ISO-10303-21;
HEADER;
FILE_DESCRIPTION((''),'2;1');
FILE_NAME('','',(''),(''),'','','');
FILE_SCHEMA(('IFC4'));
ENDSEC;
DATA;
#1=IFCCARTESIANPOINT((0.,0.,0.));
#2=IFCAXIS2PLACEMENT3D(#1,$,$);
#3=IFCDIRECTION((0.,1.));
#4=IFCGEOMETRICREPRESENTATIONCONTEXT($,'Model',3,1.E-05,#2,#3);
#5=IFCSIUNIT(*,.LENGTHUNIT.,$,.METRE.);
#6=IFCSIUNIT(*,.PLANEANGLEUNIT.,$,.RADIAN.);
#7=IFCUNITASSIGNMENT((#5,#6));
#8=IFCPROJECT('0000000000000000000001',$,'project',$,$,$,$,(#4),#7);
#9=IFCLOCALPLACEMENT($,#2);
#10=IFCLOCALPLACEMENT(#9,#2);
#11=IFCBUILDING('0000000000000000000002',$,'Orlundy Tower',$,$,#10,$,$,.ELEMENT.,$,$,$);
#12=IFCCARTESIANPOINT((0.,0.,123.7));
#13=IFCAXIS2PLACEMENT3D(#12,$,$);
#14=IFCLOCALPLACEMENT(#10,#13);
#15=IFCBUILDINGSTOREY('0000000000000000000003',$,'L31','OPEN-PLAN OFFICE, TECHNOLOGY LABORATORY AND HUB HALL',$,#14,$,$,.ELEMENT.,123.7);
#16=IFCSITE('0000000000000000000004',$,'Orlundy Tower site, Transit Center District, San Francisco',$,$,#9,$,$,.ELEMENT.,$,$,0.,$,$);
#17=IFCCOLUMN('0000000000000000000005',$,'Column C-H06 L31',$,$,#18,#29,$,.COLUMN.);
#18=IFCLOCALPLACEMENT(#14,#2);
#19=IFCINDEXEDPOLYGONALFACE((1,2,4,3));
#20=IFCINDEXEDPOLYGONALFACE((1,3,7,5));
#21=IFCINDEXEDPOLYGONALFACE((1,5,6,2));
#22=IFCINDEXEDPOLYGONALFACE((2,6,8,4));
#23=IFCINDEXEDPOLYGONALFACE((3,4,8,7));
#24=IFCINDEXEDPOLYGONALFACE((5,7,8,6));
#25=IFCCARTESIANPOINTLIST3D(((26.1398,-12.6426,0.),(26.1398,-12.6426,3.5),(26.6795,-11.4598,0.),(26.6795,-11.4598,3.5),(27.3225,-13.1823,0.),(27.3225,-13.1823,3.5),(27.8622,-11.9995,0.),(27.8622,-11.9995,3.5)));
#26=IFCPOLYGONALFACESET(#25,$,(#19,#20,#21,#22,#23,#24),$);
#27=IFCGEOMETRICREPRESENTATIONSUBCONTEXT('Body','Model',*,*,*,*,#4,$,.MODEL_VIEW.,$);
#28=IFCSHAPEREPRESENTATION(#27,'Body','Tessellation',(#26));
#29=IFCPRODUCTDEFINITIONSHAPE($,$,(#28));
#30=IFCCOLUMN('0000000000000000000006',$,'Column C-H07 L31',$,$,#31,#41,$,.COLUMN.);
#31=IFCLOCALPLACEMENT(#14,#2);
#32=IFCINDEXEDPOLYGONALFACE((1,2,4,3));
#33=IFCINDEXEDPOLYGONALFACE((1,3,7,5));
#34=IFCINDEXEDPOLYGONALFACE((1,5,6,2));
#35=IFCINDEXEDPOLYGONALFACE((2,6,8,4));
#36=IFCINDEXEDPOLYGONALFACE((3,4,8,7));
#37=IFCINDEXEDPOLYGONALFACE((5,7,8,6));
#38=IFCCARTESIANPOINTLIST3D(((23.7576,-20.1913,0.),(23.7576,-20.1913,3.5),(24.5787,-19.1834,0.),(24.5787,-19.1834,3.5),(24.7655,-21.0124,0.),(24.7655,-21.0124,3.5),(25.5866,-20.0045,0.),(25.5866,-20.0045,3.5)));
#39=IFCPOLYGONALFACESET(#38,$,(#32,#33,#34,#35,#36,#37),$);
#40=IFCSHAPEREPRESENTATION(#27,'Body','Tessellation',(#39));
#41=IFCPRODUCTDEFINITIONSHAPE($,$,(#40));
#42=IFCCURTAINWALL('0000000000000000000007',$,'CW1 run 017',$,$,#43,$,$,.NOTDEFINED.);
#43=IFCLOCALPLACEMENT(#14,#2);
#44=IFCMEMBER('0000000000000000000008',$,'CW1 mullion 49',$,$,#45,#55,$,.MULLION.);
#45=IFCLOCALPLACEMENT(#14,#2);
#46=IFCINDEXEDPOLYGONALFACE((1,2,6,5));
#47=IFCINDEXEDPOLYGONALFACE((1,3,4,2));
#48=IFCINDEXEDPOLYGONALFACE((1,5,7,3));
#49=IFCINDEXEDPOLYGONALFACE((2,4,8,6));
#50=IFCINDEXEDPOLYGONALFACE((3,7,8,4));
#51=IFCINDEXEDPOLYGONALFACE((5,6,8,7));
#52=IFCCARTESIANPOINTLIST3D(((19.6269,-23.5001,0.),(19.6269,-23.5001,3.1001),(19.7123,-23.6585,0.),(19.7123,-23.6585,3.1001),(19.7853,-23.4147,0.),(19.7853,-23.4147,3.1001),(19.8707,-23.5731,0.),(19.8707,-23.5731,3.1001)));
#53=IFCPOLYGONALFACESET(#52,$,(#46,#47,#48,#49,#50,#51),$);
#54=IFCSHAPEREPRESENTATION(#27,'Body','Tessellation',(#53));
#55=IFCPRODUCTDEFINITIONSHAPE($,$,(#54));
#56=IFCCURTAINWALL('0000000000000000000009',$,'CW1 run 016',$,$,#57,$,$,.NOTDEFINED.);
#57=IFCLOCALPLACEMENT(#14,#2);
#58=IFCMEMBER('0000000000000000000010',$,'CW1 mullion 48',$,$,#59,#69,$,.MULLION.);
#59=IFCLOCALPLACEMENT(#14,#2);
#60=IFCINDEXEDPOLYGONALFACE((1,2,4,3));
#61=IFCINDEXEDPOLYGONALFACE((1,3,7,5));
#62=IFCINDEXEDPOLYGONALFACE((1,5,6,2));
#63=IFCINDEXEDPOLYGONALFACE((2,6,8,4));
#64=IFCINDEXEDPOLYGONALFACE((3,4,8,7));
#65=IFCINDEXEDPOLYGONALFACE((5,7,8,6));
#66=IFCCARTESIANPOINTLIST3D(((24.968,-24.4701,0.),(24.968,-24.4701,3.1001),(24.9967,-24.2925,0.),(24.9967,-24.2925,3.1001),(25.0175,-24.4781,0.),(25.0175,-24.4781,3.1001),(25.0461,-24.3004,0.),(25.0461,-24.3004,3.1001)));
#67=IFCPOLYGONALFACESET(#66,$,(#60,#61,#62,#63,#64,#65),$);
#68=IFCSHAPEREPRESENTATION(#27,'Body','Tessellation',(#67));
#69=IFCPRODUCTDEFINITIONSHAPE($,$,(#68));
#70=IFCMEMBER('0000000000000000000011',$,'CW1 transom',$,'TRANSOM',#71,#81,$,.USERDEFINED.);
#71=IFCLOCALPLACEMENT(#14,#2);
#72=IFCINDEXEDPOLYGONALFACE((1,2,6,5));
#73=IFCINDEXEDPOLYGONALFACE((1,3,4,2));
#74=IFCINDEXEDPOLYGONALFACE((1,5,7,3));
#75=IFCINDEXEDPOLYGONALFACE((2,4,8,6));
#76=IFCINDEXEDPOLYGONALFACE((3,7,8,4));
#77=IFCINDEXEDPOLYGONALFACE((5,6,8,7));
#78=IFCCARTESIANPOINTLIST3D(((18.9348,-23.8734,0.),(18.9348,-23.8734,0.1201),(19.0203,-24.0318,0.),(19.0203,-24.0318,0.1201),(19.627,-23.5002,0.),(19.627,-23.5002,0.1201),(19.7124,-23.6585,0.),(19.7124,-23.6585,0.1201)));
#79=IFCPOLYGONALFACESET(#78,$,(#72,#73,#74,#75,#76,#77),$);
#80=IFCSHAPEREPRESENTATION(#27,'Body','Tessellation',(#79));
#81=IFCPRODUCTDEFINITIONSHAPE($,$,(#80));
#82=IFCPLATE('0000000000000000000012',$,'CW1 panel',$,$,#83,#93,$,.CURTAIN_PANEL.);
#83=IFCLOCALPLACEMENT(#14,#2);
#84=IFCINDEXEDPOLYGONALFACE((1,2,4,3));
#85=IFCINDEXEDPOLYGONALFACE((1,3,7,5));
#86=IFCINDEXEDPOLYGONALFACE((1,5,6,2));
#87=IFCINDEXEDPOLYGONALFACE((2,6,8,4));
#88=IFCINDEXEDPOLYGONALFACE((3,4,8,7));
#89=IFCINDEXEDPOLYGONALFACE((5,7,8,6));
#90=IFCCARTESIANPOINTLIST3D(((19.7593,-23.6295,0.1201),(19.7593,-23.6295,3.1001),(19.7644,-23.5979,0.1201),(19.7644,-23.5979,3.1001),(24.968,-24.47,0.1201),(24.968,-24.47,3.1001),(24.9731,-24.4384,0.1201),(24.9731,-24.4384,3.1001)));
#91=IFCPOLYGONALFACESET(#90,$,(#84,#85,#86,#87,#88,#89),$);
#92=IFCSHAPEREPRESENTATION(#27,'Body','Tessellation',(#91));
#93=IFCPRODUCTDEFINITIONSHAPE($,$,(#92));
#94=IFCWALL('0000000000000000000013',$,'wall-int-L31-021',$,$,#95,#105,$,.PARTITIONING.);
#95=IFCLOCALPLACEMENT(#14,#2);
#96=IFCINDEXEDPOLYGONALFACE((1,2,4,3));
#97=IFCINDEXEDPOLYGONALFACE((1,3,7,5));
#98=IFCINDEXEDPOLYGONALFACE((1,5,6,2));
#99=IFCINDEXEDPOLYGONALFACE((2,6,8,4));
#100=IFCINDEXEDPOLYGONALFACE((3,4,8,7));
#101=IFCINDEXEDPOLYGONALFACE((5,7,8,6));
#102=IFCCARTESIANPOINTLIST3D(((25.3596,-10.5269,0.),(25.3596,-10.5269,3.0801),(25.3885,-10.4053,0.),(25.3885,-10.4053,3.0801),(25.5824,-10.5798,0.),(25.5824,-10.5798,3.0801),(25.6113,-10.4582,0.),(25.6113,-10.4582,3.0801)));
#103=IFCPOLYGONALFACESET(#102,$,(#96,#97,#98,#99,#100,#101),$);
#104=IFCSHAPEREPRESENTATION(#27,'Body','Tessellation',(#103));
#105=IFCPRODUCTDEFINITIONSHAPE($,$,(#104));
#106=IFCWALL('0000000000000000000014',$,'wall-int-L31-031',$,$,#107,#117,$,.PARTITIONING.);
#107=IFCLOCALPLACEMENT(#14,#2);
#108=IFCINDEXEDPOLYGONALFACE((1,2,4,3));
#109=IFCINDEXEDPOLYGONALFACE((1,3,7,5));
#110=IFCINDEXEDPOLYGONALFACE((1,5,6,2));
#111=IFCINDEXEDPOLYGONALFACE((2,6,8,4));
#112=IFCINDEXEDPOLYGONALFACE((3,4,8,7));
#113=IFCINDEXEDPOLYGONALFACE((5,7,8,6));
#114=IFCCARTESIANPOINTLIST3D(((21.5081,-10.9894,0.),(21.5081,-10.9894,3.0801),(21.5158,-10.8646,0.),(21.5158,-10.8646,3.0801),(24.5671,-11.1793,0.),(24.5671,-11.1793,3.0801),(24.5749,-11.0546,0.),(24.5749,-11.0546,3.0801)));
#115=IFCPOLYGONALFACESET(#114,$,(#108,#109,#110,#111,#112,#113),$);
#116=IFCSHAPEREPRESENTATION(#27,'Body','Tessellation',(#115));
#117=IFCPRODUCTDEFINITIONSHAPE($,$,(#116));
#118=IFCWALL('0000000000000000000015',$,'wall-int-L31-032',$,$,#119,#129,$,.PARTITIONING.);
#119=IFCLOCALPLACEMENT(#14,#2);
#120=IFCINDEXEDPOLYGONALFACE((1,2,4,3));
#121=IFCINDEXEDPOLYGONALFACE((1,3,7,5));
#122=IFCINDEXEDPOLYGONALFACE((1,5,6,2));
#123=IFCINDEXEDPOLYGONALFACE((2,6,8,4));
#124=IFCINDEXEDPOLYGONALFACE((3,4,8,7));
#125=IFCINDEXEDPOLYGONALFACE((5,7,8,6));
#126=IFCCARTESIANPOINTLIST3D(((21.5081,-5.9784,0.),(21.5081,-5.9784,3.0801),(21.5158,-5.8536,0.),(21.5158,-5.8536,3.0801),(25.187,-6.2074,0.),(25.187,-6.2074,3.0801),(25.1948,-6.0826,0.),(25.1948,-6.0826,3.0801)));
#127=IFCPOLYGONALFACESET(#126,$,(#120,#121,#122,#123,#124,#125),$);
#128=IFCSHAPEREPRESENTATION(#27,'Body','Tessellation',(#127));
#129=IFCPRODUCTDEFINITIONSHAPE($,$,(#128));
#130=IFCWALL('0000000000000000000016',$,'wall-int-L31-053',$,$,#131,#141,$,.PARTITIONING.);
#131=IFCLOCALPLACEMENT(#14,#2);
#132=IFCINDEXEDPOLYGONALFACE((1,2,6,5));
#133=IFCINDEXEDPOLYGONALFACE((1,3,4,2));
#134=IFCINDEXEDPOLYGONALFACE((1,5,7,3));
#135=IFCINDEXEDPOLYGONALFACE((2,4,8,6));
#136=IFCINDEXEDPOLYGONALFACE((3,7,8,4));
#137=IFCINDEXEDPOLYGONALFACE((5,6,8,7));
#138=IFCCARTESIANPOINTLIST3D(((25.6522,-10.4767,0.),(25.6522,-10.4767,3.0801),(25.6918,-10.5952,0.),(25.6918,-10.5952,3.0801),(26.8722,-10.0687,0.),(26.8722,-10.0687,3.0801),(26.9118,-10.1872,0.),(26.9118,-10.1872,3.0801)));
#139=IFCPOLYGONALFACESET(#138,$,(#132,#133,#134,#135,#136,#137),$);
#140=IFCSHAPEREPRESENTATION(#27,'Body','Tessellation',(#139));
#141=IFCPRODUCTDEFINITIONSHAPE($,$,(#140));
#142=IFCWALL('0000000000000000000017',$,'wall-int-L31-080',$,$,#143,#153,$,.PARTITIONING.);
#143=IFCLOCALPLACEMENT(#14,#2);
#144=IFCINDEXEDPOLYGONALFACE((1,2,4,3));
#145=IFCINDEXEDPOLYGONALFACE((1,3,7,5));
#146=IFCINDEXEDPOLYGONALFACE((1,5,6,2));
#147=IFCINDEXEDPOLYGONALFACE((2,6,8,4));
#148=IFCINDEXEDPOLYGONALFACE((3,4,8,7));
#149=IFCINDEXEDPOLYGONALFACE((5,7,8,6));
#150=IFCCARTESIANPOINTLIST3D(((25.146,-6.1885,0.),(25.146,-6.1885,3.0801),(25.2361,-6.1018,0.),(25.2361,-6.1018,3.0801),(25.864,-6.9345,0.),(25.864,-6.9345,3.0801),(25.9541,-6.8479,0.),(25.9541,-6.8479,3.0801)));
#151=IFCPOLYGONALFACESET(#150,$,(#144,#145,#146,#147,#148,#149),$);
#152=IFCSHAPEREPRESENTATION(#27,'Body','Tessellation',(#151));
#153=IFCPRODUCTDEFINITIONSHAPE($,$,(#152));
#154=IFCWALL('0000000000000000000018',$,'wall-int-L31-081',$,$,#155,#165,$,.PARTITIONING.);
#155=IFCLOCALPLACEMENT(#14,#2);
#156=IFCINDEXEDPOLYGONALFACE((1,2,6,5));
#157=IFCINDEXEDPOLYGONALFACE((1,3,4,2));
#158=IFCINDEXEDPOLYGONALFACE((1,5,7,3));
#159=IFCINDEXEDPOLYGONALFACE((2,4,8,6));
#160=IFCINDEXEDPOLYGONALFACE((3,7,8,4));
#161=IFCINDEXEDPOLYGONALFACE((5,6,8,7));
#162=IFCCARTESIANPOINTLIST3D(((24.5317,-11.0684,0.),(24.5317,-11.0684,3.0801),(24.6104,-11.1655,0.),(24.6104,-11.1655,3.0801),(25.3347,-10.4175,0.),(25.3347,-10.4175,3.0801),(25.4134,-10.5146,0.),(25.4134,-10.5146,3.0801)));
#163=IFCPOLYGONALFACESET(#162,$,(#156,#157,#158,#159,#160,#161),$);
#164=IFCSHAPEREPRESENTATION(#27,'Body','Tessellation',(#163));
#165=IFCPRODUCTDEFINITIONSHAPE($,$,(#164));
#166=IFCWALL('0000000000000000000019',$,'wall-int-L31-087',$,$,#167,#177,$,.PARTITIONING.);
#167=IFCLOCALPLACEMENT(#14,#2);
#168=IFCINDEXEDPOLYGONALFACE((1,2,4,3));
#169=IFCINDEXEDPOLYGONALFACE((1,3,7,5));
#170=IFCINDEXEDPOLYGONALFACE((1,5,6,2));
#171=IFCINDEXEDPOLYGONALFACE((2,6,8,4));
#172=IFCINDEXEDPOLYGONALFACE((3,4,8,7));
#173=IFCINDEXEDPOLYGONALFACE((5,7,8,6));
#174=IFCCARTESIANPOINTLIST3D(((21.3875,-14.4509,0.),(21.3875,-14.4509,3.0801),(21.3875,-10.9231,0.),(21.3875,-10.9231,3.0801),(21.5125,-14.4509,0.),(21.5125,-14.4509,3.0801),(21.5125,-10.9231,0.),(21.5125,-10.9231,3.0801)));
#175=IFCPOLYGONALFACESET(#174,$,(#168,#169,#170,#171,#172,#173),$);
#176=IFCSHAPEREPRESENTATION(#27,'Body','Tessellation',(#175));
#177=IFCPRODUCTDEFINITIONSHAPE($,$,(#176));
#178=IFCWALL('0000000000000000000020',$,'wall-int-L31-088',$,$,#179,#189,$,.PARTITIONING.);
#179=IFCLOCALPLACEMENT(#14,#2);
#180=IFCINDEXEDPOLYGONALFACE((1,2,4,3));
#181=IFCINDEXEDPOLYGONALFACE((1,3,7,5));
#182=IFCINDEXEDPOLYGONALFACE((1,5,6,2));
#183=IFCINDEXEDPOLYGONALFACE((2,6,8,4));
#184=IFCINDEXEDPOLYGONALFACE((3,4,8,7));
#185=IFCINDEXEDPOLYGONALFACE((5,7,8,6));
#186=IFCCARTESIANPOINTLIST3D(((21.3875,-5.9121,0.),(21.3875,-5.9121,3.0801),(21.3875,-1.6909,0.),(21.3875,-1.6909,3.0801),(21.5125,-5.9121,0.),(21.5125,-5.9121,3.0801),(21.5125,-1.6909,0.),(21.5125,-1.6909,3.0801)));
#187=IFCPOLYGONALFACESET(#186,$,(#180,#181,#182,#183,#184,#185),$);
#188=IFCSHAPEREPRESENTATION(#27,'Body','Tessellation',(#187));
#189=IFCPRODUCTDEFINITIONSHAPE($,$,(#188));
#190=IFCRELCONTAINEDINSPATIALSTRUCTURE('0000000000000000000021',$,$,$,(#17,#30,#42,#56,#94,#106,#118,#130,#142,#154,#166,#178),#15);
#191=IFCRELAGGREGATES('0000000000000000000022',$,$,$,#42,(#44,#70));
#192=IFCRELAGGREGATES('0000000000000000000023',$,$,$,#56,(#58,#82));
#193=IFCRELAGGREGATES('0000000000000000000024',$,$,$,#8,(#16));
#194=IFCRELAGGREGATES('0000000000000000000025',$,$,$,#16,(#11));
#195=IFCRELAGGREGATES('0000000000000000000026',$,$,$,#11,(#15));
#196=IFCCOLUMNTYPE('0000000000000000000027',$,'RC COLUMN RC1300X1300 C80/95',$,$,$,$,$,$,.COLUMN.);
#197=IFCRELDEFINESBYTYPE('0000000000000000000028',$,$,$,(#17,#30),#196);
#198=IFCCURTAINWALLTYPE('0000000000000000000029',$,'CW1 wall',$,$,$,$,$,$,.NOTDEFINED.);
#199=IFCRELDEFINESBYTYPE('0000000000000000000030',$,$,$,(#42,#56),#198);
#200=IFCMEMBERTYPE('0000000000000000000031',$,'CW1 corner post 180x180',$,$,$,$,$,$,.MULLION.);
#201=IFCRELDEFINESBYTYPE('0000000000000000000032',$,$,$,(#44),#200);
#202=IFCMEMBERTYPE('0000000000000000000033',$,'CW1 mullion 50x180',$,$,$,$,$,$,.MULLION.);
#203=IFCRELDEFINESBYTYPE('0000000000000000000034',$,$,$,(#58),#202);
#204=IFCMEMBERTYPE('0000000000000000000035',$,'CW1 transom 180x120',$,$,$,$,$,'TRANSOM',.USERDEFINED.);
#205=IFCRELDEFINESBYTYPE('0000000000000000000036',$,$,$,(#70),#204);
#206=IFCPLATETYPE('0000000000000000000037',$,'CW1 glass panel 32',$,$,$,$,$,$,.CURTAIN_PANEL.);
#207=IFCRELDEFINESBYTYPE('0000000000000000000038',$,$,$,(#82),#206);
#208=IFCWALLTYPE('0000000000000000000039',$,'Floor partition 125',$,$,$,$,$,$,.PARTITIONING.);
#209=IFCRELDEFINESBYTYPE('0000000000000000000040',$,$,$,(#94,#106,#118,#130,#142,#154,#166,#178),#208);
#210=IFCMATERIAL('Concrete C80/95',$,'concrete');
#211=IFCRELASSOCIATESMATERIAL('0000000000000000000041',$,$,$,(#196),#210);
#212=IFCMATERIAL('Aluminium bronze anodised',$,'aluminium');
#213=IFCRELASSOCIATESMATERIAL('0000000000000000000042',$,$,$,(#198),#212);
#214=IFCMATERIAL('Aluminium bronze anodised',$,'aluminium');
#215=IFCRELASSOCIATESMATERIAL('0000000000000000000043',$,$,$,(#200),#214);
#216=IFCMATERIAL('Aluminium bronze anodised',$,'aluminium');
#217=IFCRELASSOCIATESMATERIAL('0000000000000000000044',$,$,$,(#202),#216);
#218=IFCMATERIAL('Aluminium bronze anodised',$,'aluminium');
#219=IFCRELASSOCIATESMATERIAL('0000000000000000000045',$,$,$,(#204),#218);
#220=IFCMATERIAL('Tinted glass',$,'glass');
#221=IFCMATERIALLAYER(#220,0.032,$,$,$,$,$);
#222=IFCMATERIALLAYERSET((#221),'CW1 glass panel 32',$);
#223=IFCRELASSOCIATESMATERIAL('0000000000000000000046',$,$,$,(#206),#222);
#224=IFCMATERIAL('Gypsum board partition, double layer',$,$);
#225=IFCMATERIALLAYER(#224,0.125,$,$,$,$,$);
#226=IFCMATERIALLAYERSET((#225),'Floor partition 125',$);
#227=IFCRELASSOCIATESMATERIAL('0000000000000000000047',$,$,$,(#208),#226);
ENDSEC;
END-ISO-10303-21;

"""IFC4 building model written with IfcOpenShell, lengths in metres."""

from ifc_helpers import new_model, si_unit, direction, frame, frame_2d, origin, origin_2d, place, context, subcontext, project, spatial, rectangle, extrude, material, layer, layer_set, material_profile, profile_set, type_object, element, aggregate, save


model = new_model("IFC4")

# Units and contexts
model_context = context("Model", 3, precision=1e-05, world=origin(), true_north=direction((0.0, 1.0)))
body_context = subcontext(model_context, "Body", "Model", "MODEL_VIEW")
ifc_project = project(units=[si_unit("LENGTHUNIT", "METRE"), si_unit("PLANEANGLEUNIT", "RADIAN")], contexts=[model_context])

# Site, building, storey
site_placement = place(None, origin())
site = spatial("IfcSite", under=ifc_project, at=site_placement, Name="Orlundy Tower site, Transit Center District, San Francisco", CompositionType="ELEMENT", RefElevation=0.0)
building_placement = place(site_placement, origin())
building = spatial("IfcBuilding", under=site, at=building_placement, Name="Orlundy Tower", CompositionType="ELEMENT")
storey_placement = place(building_placement, frame((0.0, 0.0, 123.7)))
storey = spatial("IfcBuildingStorey", under=building, at=storey_placement, Name="L31", Description="OPEN-PLAN OFFICE, TECHNOLOGY LABORATORY AND HUB HALL", CompositionType="ELEMENT", Elevation=123.7)

# Columns
ifc_material_1 = material(Name="Concrete C80/95", Category="concrete")
ifc_material_profile_1 = material_profile(ifc_material_1, rectangle(XDim=1.3, YDim=1.3, at=origin_2d()), Name="RC1300X1300")
ifc_profile_set_1 = profile_set([ifc_material_profile_1], Name="Concrete C80/95")
column_type = type_object("IfcColumnType", Name="RC COLUMN RC1300X1300 C80/95", PredefinedType="COLUMN", material=ifc_profile_set_1)
for number, where, z_axis, x_axis, name in (
    (1, (27.001, -12.321, 0.0), (0.0, 0.0, 1.0), (0.909759, -0.415138, 0.0), "Column C-H06 L31"),
    (2, (24.6721, -20.0979, 0.0), (0.0, 0.0, 1.0), (0.775308, -0.631583, 0.0), "Column C-H07 L31"),
):
    element("IfcColumn", number, at=place(storey_placement, frame(where, z_axis=z_axis, x_axis=x_axis)), inside=storey, type_object=column_type, Name=name, PredefinedType="COLUMN", context=body_context, shape_type="SweptSolid", body=[
        extrude(rectangle(XDim=1.3, YDim=1.3, at=origin_2d()), origin(), (0.0, 0.0, 1.0), 3.5),
    ])

# Curtain walls, members
ifc_material_2 = material(Name="Aluminium bronze anodised", Category="aluminium")
curtain_wall_type = type_object("IfcCurtainWallType", Name="CW1 wall", PredefinedType="NOTDEFINED", material=ifc_material_2)
curtain_wall_1_placement = place(storey_placement, origin())
curtain_wall_1 = element("IfcCurtainWall", 3, at=curtain_wall_1_placement, inside=storey, type_object=curtain_wall_type, Name="CW1 run 017", PredefinedType="NOTDEFINED")
ifc_material_3 = material(Name="Aluminium bronze anodised", Category="aluminium")
ifc_material_profile_2 = material_profile(ifc_material_3, rectangle(XDim=0.1799, YDim=0.1799, at=origin_2d()), Name="CW1 corner post 180x180")
ifc_profile_set_2 = profile_set([ifc_material_profile_2], Name="Aluminium bronze anodised")
member_type_1 = type_object("IfcMemberType", Name="CW1 corner post 180x180", PredefinedType="MULLION", material=ifc_profile_set_2)
member_1_placement = place(storey_placement, frame((19.7488, -23.5366, 0.0), z_axis=(0.0, 0.0, 1.0), x_axis=(0.474616, -0.880193, 0.0)))
member_1 = element("IfcMember", 4, at=member_1_placement, type_object=member_type_1, Name="CW1 mullion 49", PredefinedType="MULLION", context=body_context, shape_type="SweptSolid", body=[
    extrude(rectangle(XDim=0.1799, YDim=0.1799, at=origin_2d()), origin(), (0.0, 0.0, 1.0), 3.1001),
])
curtain_wall_2_placement = place(storey_placement, origin())
curtain_wall_2 = element("IfcCurtainWall", 5, at=curtain_wall_2_placement, inside=storey, type_object=curtain_wall_type, Name="CW1 run 016", PredefinedType="NOTDEFINED")
ifc_material_4 = material(Name="Aluminium bronze anodised", Category="aluminium")
ifc_material_profile_3 = material_profile(ifc_material_4, rectangle(XDim=0.1799, YDim=0.05, at=origin_2d()), Name="CW1 mullion 50x180")
ifc_profile_set_3 = profile_set([ifc_material_profile_3], Name="Aluminium bronze anodised")
member_type_2 = type_object("IfcMemberType", Name="CW1 mullion 50x180", PredefinedType="MULLION", material=ifc_profile_set_3)
member_2_placement = place(storey_placement, frame((25.0071, -24.3853, 0.0), z_axis=(0.0, 0.0, 1.0), x_axis=(-0.159311, -0.987228, 0.0)))
member_2 = element("IfcMember", 6, at=member_2_placement, type_object=member_type_2, Name="CW1 mullion 48", PredefinedType="MULLION", context=body_context, shape_type="SweptSolid", body=[
    extrude(rectangle(XDim=0.1799, YDim=0.05, at=origin_2d()), origin(), (0.0, 0.0, 1.0), 3.1001),
])

# Member
ifc_material_5 = material(Name="Aluminium bronze anodised", Category="aluminium")
ifc_material_profile_4 = material_profile(ifc_material_5, rectangle(XDim=0.1799, YDim=0.1201, at=origin_2d()), Name="CW1 transom 180x120")
ifc_profile_set_4 = profile_set([ifc_material_profile_4], Name="Aluminium bronze anodised")
member_type_3 = type_object("IfcMemberType", Name="CW1 transom 180x120", ElementType="TRANSOM", PredefinedType="USERDEFINED", material=ifc_profile_set_4)
member_3_placement = place(storey_placement, frame((19.6697, -23.5793, 0.0601), z_axis=(-0.880152, -0.474692, 0.0), x_axis=(0.474692, -0.880152, 0.0)))
member_3 = element("IfcMember", 7, at=member_3_placement, type_object=member_type_3, Name="CW1 transom", ObjectType="TRANSOM", PredefinedType="USERDEFINED", context=body_context, shape_type="SweptSolid", body=[
    extrude(rectangle(XDim=0.1799, YDim=0.1201, at=origin_2d()), origin(), (0.0, 0.0, 1.0), 0.7864),
])
aggregate(curtain_wall_1, [member_1, member_3])

# Plate
ifc_material_6 = material(Name="Tinted glass", Category="glass")
ifc_layer_1 = layer(ifc_material_6, 0.032)
ifc_layer_set_1 = layer_set([ifc_layer_1], Name="CW1 glass panel 32")
plate_type = type_object("IfcPlateType", Name="CW1 glass panel 32", PredefinedType="CURTAIN_PANEL", material=ifc_layer_set_1)
plate_placement = place(storey_placement, frame((22.3662, -24.0339, 0.1201), z_axis=(0.0, 0.0, 1.0), x_axis=(-0.987228, 0.159311, 0.0)))
plate = element("IfcPlate", 8, at=plate_placement, type_object=plate_type, Name="CW1 panel", PredefinedType="CURTAIN_PANEL", context=body_context, shape_type="SweptSolid", body=[
    extrude(rectangle(XDim=5.2761, YDim=0.032, at=origin_2d()), origin(), (0.0, 0.0, 1.0), 2.98),
])
aggregate(curtain_wall_2, [member_2, plate])

# Walls
ifc_material_7 = material(Name="Gypsum board partition, double layer")
ifc_layer_2 = layer(ifc_material_7, 0.125)
ifc_layer_set_2 = layer_set([ifc_layer_2], Name="Floor partition 125")
wall_type_1 = type_object("IfcWallType", Name="Floor partition 125", PredefinedType="PARTITIONING", material=ifc_layer_set_2)
wall_1_placement = place(storey_placement, frame((25.374, -10.4661, 0.0), z_axis=(0.0, 0.0, 1.0), x_axis=(0.972898, -0.231236, 0.0)))
element("IfcWall", 9, at=wall_1_placement, inside=storey, type_object=wall_type_1, Name="wall-int-L31-021", PredefinedType="PARTITIONING", context=body_context, shape_type="SweptSolid", body=[
    extrude(rectangle(XDim=0.229, YDim=0.125, at=frame_2d((0.1145, 0.0))), origin(), (0.0, 0.0, 1.0), 3.0801),
])
wall_2_placement = place(storey_placement, frame((21.512, -10.927, 0.0), z_axis=(0.0, 0.0, 1.0), x_axis=(0.998078, -0.061972, 0.0)))
element("IfcWall", 10, at=wall_2_placement, inside=storey, type_object=wall_type_1, Name="wall-int-L31-031", PredefinedType="PARTITIONING", context=body_context, shape_type="SweptSolid", body=[
    extrude(rectangle(XDim=3.0649, YDim=0.125, at=frame_2d((1.5325, 0.0))), origin(), (0.0, 0.0, 1.0), 3.0801),
])
wall_3_placement = place(storey_placement, frame((21.512, -5.916, 0.0), z_axis=(0.0, 0.0, 1.0), x_axis=(0.998068, -0.062127, 0.0)))
element("IfcWall", 11, at=wall_3_placement, inside=storey, type_object=wall_type_1, Name="wall-int-L31-032", PredefinedType="PARTITIONING", context=body_context, shape_type="SweptSolid", body=[
    extrude(rectangle(XDim=3.686, YDim=0.125, at=frame_2d((1.843, 0.0))), origin(), (0.0, 0.0, 1.0), 3.0801),
])
wall_4_placement = place(storey_placement, frame((25.6721, -10.5359, 0.0), z_axis=(0.0, 0.0, 1.0), x_axis=(0.948379, 0.317139, 0.0)))
element("IfcWall", 12, at=wall_4_placement, inside=storey, type_object=wall_type_1, Name="wall-int-L31-053", PredefinedType="PARTITIONING", context=body_context, shape_type="SweptSolid", body=[
    extrude(rectangle(XDim=1.2864, YDim=0.125, at=frame_2d((0.6431, 0.0))), origin(), (0.0, 0.0, 1.0), 3.0801),
])
wall_5_placement = place(storey_placement, frame((25.9089, -6.8911, 0.0), z_axis=(0.0, 0.0, 1.0), x_axis=(-0.69342, 0.720534, 0.0)))
element("IfcWall", 13, at=wall_5_placement, inside=storey, type_object=wall_type_1, Name="wall-int-L31-080", PredefinedType="PARTITIONING", context=body_context, shape_type="SweptSolid", body=[
    extrude(rectangle(XDim=1.0354, YDim=0.125, at=frame_2d((0.5176, 0.0))), origin(), (0.0, 0.0, 1.0), 3.0801),
])
wall_6_placement = place(storey_placement, frame((24.571, -11.1169, 0.0), z_axis=(0.0, 0.0, 1.0), x_axis=(0.776843, 0.629694, 0.0)))
element("IfcWall", 14, at=wall_6_placement, inside=storey, type_object=wall_type_1, Name="wall-int-L31-081", PredefinedType="PARTITIONING", context=body_context, shape_type="SweptSolid", body=[
    extrude(rectangle(XDim=1.0337, YDim=0.125, at=frame_2d((0.5168, 0.0))), origin(), (0.0, 0.0, 1.0), 3.0801),
])
wall_7_placement = place(storey_placement, frame((21.45, -14.4509, 0.0), z_axis=(0.0, 0.0, 1.0), x_axis=(0.0, 1.0, 0.0)))
element("IfcWall", 15, at=wall_7_placement, inside=storey, type_object=wall_type_1, Name="wall-int-L31-087", PredefinedType="PARTITIONING", context=body_context, shape_type="SweptSolid", body=[
    extrude(rectangle(XDim=3.5278, YDim=0.125, at=frame_2d((1.7639, 0.0))), origin(), (0.0, 0.0, 1.0), 3.0801),
])
wall_8_placement = place(storey_placement, frame((21.45, -5.9121, 0.0), z_axis=(0.0, 0.0, 1.0), x_axis=(0.0, 1.0, 0.0)))
element("IfcWall", 16, at=wall_8_placement, inside=storey, type_object=wall_type_1, Name="wall-int-L31-088", PredefinedType="PARTITIONING", context=body_context, shape_type="SweptSolid", body=[
    extrude(rectangle(XDim=4.2212, YDim=0.125, at=frame_2d((2.1106, 0.0))), origin(), (0.0, 0.0, 1.0), 3.0801),
])

save(model, "model.ifc")
